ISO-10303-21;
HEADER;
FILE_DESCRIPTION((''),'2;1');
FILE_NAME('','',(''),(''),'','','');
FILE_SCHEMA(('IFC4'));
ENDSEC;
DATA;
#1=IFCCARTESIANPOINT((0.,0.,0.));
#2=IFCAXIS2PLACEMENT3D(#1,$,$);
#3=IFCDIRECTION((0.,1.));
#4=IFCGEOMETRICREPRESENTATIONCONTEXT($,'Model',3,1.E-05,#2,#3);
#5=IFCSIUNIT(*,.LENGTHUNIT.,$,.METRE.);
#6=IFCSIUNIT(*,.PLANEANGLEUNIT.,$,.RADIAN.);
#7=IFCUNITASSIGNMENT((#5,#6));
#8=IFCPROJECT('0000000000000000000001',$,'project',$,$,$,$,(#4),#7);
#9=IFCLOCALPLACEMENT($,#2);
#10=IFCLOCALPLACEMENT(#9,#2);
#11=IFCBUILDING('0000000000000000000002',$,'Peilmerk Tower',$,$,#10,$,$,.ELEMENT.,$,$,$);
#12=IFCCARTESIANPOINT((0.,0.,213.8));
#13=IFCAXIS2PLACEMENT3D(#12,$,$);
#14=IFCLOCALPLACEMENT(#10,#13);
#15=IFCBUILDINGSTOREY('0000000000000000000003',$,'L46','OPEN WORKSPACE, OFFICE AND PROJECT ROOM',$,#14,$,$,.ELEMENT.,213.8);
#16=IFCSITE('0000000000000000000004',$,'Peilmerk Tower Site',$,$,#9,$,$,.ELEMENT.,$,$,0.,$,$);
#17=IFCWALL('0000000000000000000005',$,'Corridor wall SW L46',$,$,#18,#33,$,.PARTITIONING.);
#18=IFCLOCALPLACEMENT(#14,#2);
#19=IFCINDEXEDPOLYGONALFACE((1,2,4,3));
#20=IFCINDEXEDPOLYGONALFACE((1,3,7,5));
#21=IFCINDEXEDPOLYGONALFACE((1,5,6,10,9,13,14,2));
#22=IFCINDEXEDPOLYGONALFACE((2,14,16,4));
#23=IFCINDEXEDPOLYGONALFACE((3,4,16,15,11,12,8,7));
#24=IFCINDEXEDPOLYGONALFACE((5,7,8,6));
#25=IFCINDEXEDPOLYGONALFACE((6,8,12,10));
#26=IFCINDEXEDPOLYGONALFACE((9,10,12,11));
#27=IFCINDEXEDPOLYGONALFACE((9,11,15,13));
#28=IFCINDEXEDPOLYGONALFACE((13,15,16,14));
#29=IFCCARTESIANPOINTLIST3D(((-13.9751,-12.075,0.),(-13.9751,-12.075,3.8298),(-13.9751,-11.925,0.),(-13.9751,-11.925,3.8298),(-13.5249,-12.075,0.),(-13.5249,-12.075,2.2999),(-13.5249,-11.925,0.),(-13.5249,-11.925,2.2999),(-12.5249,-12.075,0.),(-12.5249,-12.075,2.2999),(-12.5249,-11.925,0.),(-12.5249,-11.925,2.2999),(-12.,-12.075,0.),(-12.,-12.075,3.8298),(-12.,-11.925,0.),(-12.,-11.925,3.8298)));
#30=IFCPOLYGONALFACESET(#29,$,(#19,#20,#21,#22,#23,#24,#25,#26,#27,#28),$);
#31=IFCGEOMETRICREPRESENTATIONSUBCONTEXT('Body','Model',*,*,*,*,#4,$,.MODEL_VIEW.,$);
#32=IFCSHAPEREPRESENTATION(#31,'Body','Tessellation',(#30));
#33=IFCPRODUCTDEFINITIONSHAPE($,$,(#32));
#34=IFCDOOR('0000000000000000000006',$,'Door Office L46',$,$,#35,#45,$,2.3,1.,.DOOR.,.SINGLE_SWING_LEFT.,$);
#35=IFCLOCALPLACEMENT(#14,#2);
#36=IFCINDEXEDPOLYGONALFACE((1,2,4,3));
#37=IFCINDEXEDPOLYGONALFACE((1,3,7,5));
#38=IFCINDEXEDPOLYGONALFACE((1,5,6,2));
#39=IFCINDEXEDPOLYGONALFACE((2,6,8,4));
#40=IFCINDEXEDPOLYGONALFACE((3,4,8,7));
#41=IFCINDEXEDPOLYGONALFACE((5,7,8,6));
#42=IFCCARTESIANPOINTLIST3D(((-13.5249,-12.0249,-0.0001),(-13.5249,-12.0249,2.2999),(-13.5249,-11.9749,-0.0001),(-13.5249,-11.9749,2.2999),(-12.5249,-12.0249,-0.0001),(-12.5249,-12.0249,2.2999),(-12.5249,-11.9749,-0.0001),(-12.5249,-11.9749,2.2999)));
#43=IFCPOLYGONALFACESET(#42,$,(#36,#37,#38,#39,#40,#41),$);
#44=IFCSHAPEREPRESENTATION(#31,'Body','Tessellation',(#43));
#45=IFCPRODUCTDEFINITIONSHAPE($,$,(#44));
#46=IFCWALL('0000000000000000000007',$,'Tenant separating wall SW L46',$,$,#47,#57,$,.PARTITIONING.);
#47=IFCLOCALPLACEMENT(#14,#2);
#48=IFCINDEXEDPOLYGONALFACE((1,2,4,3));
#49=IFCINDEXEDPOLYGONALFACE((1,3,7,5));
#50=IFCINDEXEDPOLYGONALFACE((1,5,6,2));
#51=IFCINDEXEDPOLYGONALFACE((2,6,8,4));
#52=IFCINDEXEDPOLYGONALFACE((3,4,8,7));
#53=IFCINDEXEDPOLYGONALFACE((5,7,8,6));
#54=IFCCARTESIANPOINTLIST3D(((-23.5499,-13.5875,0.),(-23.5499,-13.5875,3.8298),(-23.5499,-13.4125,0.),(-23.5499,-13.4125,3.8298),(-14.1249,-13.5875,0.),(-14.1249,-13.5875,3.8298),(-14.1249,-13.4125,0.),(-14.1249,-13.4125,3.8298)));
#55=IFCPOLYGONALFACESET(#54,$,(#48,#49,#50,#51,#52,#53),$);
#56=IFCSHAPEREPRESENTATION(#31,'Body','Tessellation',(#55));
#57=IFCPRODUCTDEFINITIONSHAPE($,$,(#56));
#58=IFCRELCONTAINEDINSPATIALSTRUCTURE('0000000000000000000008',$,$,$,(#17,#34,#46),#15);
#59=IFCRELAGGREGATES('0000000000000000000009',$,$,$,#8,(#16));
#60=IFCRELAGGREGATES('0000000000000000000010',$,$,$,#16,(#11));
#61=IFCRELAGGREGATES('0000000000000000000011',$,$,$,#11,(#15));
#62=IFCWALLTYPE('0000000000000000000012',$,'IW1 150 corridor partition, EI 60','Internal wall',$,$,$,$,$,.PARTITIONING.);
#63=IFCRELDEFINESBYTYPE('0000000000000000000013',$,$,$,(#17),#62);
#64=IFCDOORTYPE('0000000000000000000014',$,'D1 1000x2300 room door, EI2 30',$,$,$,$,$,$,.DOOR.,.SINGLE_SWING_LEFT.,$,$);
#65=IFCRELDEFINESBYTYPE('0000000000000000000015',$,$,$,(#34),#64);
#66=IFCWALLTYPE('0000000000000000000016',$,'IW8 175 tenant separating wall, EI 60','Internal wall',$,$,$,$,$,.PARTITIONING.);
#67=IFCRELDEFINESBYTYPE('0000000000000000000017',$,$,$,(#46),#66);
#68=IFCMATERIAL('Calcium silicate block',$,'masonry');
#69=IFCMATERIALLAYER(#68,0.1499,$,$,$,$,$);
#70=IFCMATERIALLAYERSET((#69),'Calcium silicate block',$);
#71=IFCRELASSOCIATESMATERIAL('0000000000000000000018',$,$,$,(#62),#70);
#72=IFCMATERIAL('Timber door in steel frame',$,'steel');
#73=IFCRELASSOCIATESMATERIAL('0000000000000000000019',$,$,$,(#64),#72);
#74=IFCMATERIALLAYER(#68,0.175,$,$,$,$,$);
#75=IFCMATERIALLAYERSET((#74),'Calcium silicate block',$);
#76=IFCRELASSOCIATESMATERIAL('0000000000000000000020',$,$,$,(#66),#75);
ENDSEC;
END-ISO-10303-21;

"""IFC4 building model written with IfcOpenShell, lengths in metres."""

from ifc_helpers import new_model, si_unit, direction, frame, frame_2d, origin, place, context, subcontext, project, spatial, rectangle, extrude, material, layer, layer_set, type_object, element, fill, save


model = new_model("IFC4")

# Units and contexts
model_context = context("Model", 3, precision=1e-05, world=origin(), true_north=direction((0.0, 1.0)))
body_context = subcontext(model_context, "Body", "Model", "MODEL_VIEW")
ifc_project = project(units=[si_unit("LENGTHUNIT", "METRE"), si_unit("PLANEANGLEUNIT", "RADIAN")], contexts=[model_context])

# Site, building, storey
site_placement = place(None, origin())
site = spatial("IfcSite", under=ifc_project, at=site_placement, Name="Peilmerk Tower Site", CompositionType="ELEMENT", RefElevation=0.0)
building_placement = place(site_placement, origin())
building = spatial("IfcBuilding", under=site, at=building_placement, Name="Peilmerk Tower", CompositionType="ELEMENT")
storey_placement = place(building_placement, frame((0.0, 0.0, 213.8)))
storey = spatial("IfcBuildingStorey", under=building, at=storey_placement, Name="L46", Description="OPEN WORKSPACE, OFFICE AND PROJECT ROOM", CompositionType="ELEMENT", Elevation=213.8)

# Wall, opening, door
ifc_material_1 = material(Name="Calcium silicate block", Category="masonry")
ifc_layer_1 = layer(ifc_material_1, 0.1499)
ifc_layer_set_1 = layer_set([ifc_layer_1], Name="Calcium silicate block")
wall_type_1 = type_object("IfcWallType", Name="IW1 150 corridor partition, EI 60", Description="Internal wall", PredefinedType="PARTITIONING", material=ifc_layer_set_1)
wall_1_placement = place(storey_placement, frame((-12.0, -12.0, 0.0), z_axis=(0.0, 0.0, 1.0), x_axis=(-1.0, 0.0, 0.0)))
wall_1 = element("IfcWall", 1, at=wall_1_placement, inside=storey, type_object=wall_type_1, Name="Corridor wall SW L46", PredefinedType="PARTITIONING", context=body_context, shape_type="SweptSolid", body=[
    extrude(rectangle(XDim=1.9751, YDim=0.1499, at=frame_2d((0.9875, 0.0))), origin(), (0.0, 0.0, 1.0), 3.8298),
])
opening_placement = place(wall_1_placement, frame((0.5249, 0.0, 0.0)))
opening = element("IfcOpeningElement", 2, at=opening_placement, cuts=wall_1, PredefinedType="OPENING", context=body_context, shape_type="SweptSolid", body=[
    extrude(rectangle(XDim=1.0, YDim=2.3, at=frame_2d((0.5, 1.1499))), frame((0.0, 0.085, 0.0), z_axis=(0.0, -1.0, 0.0), x_axis=(1.0, 0.0, 0.0)), (0.0, 0.0, 1.0), 0.1699),
])
ifc_material_2 = material(Name="Timber door in steel frame", Category="steel")
door_type = type_object("IfcDoorType", Name="D1 1000x2300 room door, EI2 30", OperationType="SINGLE_SWING_LEFT", PredefinedType="DOOR", material=ifc_material_2)
door_placement = place(opening_placement, origin())
door = element("IfcDoor", 3, at=door_placement, inside=storey, type_object=door_type, Name="Door Office L46", OperationType="SINGLE_SWING_LEFT", OverallHeight=2.3, OverallWidth=1.0, PredefinedType="DOOR", context=body_context, shape_type="SweptSolid", body=[
    extrude(rectangle(XDim=1.0, YDim=2.3, at=frame_2d((0.5, 1.1499))), frame((0.0, 0.0249, 0.0), z_axis=(0.0, -1.0, 0.0), x_axis=(1.0, 0.0, 0.0)), (0.0, 0.0, 1.0), 0.05),
])
fill(opening, door)

# Wall
ifc_layer_2 = layer(ifc_material_1, 0.175)
ifc_layer_set_2 = layer_set([ifc_layer_2], Name="Calcium silicate block")
wall_type_2 = type_object("IfcWallType", Name="IW8 175 tenant separating wall, EI 60", Description="Internal wall", PredefinedType="PARTITIONING", material=ifc_layer_set_2)
wall_2_placement = place(storey_placement, frame((-14.125, -13.5, 0.0), z_axis=(0.0, 0.0, 1.0), x_axis=(-1.0, 0.0, 0.0)))
element("IfcWall", 4, at=wall_2_placement, inside=storey, type_object=wall_type_2, Name="Tenant separating wall SW L46", PredefinedType="PARTITIONING", context=body_context, shape_type="SweptSolid", body=[
    extrude(rectangle(XDim=9.425, YDim=0.175, at=frame_2d((4.7124, 0.0))), origin(), (0.0, 0.0, 1.0), 3.8298),
])

save(model, "model.ifc")
